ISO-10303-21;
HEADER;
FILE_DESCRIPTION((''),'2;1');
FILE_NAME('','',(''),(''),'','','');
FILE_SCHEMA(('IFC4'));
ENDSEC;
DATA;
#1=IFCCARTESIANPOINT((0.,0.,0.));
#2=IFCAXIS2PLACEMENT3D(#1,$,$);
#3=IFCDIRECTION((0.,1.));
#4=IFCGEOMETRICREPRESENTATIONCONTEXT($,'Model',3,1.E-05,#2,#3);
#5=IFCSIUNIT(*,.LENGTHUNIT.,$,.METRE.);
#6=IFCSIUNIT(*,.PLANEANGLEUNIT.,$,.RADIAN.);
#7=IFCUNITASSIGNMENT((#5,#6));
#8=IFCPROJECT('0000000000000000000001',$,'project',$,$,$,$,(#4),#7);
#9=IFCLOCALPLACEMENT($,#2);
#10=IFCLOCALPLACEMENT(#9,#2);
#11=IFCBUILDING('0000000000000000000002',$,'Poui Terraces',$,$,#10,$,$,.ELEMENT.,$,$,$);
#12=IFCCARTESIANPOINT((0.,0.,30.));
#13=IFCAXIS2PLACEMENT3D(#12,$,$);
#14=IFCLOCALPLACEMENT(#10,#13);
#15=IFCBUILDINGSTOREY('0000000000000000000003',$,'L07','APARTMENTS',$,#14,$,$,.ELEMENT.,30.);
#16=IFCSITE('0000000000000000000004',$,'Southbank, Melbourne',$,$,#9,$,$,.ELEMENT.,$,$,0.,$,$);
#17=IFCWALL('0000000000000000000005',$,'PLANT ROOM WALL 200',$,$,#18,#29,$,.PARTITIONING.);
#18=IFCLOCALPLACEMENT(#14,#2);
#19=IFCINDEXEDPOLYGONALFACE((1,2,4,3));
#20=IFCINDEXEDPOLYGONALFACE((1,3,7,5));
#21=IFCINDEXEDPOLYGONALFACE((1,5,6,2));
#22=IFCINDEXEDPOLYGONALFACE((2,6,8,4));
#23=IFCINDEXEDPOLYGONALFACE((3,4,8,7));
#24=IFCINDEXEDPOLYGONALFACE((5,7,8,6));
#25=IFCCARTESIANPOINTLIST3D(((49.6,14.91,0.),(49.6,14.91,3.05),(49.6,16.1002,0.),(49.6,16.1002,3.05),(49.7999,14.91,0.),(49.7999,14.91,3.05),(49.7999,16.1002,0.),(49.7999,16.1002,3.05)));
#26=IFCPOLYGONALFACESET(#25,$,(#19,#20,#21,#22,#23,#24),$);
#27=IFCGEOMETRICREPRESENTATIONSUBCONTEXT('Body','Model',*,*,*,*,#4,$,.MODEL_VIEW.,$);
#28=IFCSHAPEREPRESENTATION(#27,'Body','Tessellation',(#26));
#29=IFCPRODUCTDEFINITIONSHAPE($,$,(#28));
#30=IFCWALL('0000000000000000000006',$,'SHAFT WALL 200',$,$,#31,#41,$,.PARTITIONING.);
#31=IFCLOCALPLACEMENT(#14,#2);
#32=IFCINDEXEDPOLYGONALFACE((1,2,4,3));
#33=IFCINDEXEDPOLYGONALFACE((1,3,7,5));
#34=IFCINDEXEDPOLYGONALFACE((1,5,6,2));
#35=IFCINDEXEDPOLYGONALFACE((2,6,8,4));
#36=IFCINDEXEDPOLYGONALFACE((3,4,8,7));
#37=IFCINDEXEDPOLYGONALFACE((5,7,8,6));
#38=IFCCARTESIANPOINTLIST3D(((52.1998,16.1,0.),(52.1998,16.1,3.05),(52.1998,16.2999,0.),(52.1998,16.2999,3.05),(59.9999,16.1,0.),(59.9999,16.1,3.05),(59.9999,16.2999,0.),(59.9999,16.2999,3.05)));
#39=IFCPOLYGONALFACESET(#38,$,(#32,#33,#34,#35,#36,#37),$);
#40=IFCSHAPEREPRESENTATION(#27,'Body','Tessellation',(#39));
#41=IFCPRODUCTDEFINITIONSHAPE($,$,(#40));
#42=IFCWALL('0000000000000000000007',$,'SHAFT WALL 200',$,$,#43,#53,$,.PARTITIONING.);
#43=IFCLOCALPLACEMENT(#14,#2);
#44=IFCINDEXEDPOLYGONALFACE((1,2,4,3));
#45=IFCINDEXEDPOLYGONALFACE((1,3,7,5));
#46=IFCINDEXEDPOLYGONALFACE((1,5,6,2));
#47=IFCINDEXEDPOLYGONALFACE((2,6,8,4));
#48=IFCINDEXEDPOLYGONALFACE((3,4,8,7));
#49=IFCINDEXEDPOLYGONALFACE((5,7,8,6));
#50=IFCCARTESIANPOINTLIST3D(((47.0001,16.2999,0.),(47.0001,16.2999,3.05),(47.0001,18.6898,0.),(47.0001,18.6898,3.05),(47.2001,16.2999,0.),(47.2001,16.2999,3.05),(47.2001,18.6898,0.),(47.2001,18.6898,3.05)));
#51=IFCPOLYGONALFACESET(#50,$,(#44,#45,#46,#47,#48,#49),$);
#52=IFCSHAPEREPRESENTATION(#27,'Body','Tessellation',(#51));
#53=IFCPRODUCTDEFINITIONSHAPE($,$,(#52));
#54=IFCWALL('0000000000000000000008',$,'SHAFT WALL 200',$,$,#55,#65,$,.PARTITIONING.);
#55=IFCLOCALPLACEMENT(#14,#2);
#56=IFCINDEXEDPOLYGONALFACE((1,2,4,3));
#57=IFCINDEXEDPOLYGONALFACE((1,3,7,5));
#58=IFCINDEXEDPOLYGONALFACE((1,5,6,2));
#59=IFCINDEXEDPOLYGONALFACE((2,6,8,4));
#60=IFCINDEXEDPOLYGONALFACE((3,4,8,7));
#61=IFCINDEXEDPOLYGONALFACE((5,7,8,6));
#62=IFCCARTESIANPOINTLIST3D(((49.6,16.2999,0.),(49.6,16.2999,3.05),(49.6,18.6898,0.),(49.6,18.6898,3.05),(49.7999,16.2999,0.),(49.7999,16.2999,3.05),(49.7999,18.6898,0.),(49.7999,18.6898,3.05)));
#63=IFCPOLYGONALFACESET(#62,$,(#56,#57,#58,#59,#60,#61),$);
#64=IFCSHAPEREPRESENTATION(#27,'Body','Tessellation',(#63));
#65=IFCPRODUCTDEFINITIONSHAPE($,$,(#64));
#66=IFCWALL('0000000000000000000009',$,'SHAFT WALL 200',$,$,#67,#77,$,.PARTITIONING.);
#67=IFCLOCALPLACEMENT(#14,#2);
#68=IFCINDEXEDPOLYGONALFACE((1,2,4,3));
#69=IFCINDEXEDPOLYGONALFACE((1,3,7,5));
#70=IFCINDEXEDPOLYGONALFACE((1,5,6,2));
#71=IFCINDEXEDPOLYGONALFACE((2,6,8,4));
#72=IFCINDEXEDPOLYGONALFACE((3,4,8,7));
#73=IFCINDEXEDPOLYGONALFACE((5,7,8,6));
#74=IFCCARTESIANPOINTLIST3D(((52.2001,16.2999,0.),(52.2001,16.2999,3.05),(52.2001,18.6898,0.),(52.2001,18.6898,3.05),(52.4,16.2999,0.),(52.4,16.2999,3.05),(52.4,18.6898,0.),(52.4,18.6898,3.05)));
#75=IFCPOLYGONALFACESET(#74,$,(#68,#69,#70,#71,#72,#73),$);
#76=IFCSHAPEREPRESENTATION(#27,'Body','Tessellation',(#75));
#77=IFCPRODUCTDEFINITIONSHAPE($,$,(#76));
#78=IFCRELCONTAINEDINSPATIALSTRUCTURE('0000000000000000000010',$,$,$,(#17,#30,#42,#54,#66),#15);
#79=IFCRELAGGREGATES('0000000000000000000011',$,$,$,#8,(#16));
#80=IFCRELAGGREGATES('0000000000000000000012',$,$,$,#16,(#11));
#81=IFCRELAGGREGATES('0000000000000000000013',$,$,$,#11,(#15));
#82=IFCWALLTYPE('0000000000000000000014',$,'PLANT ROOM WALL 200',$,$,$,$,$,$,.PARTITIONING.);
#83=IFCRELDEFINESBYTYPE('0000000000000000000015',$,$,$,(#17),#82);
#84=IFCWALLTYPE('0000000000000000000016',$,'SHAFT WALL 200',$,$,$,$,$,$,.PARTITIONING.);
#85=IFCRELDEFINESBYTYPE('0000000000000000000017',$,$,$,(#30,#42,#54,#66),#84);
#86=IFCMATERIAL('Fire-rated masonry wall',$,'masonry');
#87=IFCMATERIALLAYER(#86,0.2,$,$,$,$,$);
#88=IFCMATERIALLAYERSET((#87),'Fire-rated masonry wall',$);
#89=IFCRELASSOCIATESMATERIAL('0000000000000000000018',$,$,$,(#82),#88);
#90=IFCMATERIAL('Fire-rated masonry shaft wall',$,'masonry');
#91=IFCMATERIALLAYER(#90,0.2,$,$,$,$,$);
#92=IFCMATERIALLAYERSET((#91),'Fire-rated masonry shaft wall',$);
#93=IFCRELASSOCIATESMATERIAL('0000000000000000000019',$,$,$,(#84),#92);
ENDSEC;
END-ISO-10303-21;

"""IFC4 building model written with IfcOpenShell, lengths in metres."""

from ifc_helpers import new_model, si_unit, direction, frame, frame_2d, origin, place, context, subcontext, project, spatial, rectangle, extrude, material, layer, layer_set, type_object, element, save


model = new_model("IFC4")

# Units and contexts
model_context = context("Model", 3, precision=1e-05, world=origin(), true_north=direction((0.0, 1.0)))
body_context = subcontext(model_context, "Body", "Model", "MODEL_VIEW")
ifc_project = project(units=[si_unit("LENGTHUNIT", "METRE"), si_unit("PLANEANGLEUNIT", "RADIAN")], contexts=[model_context])

# Site, building, storey
site_placement = place(None, origin())
site = spatial("IfcSite", under=ifc_project, at=site_placement, Name="Southbank, Melbourne", CompositionType="ELEMENT", RefElevation=0.0)
building_placement = place(site_placement, origin())
building = spatial("IfcBuilding", under=site, at=building_placement, Name="Poui Terraces", CompositionType="ELEMENT")
storey_placement = place(building_placement, frame((0.0, 0.0, 30.0)))
storey = spatial("IfcBuildingStorey", under=building, at=storey_placement, Name="L07", Description="APARTMENTS", CompositionType="ELEMENT", Elevation=30.0)

# Walls
ifc_material_1 = material(Name="Fire-rated masonry wall", Category="masonry")
ifc_layer_1 = layer(ifc_material_1, 0.2)
ifc_layer_set_1 = layer_set([ifc_layer_1], Name="Fire-rated masonry wall")
wall_type_1 = type_object("IfcWallType", Name="PLANT ROOM WALL 200", PredefinedType="PARTITIONING", material=ifc_layer_set_1)
wall_1_placement = place(storey_placement, frame((49.7, 14.9099, 0.0), z_axis=(0.0, 0.0, 1.0), x_axis=(0.0, 1.0, 0.0)))
element("IfcWall", 1, at=wall_1_placement, inside=storey, type_object=wall_type_1, Name="PLANT ROOM WALL 200", PredefinedType="PARTITIONING", context=body_context, shape_type="SweptSolid", body=[
    extrude(rectangle(XDim=1.1902, YDim=0.2, at=frame_2d((0.5952, 0.0))), origin(), (0.0, 0.0, 1.0), 3.05),
])
ifc_material_2 = material(Name="Fire-rated masonry shaft wall", Category="masonry")
ifc_layer_2 = layer(ifc_material_2, 0.2)
ifc_layer_set_2 = layer_set([ifc_layer_2], Name="Fire-rated masonry shaft wall")
wall_type_2 = type_object("IfcWallType", Name="SHAFT WALL 200", PredefinedType="PARTITIONING", material=ifc_layer_set_2)
wall_2_placement = place(storey_placement, frame((52.2, 16.2, 0.0), z_axis=(0.0, 0.0, 1.0), x_axis=(1.0, 0.0, 0.0)))
element("IfcWall", 2, at=wall_2_placement, inside=storey, type_object=wall_type_2, Name="SHAFT WALL 200", PredefinedType="PARTITIONING", context=body_context, shape_type="SweptSolid", body=[
    extrude(rectangle(XDim=7.8, YDim=0.2, at=frame_2d((3.8999, 0.0))), origin(), (0.0, 0.0, 1.0), 3.05),
])
for number, where, z_axis, x_axis, name in (
    (3, (47.1001, 16.3, 0.0), (0.0, 0.0, 1.0), (0.0, 1.0, 0.0), "SHAFT WALL 200"),
    (4, (49.7, 16.3, 0.0), (0.0, 0.0, 1.0), (0.0, 1.0, 0.0), "SHAFT WALL 200"),
    (5, (52.3, 16.3, 0.0), (0.0, 0.0, 1.0), (0.0, 1.0, 0.0), "SHAFT WALL 200"),
):
    element("IfcWall", number, at=place(storey_placement, frame(where, z_axis=z_axis, x_axis=x_axis)), inside=storey, type_object=wall_type_2, Name=name, PredefinedType="PARTITIONING", context=body_context, shape_type="SweptSolid", body=[
        extrude(rectangle(XDim=2.3899, YDim=0.2, at=frame_2d((1.1948, 0.0))), origin(), (0.0, 0.0, 1.0), 3.05),
    ])

save(model, "model.ifc")
